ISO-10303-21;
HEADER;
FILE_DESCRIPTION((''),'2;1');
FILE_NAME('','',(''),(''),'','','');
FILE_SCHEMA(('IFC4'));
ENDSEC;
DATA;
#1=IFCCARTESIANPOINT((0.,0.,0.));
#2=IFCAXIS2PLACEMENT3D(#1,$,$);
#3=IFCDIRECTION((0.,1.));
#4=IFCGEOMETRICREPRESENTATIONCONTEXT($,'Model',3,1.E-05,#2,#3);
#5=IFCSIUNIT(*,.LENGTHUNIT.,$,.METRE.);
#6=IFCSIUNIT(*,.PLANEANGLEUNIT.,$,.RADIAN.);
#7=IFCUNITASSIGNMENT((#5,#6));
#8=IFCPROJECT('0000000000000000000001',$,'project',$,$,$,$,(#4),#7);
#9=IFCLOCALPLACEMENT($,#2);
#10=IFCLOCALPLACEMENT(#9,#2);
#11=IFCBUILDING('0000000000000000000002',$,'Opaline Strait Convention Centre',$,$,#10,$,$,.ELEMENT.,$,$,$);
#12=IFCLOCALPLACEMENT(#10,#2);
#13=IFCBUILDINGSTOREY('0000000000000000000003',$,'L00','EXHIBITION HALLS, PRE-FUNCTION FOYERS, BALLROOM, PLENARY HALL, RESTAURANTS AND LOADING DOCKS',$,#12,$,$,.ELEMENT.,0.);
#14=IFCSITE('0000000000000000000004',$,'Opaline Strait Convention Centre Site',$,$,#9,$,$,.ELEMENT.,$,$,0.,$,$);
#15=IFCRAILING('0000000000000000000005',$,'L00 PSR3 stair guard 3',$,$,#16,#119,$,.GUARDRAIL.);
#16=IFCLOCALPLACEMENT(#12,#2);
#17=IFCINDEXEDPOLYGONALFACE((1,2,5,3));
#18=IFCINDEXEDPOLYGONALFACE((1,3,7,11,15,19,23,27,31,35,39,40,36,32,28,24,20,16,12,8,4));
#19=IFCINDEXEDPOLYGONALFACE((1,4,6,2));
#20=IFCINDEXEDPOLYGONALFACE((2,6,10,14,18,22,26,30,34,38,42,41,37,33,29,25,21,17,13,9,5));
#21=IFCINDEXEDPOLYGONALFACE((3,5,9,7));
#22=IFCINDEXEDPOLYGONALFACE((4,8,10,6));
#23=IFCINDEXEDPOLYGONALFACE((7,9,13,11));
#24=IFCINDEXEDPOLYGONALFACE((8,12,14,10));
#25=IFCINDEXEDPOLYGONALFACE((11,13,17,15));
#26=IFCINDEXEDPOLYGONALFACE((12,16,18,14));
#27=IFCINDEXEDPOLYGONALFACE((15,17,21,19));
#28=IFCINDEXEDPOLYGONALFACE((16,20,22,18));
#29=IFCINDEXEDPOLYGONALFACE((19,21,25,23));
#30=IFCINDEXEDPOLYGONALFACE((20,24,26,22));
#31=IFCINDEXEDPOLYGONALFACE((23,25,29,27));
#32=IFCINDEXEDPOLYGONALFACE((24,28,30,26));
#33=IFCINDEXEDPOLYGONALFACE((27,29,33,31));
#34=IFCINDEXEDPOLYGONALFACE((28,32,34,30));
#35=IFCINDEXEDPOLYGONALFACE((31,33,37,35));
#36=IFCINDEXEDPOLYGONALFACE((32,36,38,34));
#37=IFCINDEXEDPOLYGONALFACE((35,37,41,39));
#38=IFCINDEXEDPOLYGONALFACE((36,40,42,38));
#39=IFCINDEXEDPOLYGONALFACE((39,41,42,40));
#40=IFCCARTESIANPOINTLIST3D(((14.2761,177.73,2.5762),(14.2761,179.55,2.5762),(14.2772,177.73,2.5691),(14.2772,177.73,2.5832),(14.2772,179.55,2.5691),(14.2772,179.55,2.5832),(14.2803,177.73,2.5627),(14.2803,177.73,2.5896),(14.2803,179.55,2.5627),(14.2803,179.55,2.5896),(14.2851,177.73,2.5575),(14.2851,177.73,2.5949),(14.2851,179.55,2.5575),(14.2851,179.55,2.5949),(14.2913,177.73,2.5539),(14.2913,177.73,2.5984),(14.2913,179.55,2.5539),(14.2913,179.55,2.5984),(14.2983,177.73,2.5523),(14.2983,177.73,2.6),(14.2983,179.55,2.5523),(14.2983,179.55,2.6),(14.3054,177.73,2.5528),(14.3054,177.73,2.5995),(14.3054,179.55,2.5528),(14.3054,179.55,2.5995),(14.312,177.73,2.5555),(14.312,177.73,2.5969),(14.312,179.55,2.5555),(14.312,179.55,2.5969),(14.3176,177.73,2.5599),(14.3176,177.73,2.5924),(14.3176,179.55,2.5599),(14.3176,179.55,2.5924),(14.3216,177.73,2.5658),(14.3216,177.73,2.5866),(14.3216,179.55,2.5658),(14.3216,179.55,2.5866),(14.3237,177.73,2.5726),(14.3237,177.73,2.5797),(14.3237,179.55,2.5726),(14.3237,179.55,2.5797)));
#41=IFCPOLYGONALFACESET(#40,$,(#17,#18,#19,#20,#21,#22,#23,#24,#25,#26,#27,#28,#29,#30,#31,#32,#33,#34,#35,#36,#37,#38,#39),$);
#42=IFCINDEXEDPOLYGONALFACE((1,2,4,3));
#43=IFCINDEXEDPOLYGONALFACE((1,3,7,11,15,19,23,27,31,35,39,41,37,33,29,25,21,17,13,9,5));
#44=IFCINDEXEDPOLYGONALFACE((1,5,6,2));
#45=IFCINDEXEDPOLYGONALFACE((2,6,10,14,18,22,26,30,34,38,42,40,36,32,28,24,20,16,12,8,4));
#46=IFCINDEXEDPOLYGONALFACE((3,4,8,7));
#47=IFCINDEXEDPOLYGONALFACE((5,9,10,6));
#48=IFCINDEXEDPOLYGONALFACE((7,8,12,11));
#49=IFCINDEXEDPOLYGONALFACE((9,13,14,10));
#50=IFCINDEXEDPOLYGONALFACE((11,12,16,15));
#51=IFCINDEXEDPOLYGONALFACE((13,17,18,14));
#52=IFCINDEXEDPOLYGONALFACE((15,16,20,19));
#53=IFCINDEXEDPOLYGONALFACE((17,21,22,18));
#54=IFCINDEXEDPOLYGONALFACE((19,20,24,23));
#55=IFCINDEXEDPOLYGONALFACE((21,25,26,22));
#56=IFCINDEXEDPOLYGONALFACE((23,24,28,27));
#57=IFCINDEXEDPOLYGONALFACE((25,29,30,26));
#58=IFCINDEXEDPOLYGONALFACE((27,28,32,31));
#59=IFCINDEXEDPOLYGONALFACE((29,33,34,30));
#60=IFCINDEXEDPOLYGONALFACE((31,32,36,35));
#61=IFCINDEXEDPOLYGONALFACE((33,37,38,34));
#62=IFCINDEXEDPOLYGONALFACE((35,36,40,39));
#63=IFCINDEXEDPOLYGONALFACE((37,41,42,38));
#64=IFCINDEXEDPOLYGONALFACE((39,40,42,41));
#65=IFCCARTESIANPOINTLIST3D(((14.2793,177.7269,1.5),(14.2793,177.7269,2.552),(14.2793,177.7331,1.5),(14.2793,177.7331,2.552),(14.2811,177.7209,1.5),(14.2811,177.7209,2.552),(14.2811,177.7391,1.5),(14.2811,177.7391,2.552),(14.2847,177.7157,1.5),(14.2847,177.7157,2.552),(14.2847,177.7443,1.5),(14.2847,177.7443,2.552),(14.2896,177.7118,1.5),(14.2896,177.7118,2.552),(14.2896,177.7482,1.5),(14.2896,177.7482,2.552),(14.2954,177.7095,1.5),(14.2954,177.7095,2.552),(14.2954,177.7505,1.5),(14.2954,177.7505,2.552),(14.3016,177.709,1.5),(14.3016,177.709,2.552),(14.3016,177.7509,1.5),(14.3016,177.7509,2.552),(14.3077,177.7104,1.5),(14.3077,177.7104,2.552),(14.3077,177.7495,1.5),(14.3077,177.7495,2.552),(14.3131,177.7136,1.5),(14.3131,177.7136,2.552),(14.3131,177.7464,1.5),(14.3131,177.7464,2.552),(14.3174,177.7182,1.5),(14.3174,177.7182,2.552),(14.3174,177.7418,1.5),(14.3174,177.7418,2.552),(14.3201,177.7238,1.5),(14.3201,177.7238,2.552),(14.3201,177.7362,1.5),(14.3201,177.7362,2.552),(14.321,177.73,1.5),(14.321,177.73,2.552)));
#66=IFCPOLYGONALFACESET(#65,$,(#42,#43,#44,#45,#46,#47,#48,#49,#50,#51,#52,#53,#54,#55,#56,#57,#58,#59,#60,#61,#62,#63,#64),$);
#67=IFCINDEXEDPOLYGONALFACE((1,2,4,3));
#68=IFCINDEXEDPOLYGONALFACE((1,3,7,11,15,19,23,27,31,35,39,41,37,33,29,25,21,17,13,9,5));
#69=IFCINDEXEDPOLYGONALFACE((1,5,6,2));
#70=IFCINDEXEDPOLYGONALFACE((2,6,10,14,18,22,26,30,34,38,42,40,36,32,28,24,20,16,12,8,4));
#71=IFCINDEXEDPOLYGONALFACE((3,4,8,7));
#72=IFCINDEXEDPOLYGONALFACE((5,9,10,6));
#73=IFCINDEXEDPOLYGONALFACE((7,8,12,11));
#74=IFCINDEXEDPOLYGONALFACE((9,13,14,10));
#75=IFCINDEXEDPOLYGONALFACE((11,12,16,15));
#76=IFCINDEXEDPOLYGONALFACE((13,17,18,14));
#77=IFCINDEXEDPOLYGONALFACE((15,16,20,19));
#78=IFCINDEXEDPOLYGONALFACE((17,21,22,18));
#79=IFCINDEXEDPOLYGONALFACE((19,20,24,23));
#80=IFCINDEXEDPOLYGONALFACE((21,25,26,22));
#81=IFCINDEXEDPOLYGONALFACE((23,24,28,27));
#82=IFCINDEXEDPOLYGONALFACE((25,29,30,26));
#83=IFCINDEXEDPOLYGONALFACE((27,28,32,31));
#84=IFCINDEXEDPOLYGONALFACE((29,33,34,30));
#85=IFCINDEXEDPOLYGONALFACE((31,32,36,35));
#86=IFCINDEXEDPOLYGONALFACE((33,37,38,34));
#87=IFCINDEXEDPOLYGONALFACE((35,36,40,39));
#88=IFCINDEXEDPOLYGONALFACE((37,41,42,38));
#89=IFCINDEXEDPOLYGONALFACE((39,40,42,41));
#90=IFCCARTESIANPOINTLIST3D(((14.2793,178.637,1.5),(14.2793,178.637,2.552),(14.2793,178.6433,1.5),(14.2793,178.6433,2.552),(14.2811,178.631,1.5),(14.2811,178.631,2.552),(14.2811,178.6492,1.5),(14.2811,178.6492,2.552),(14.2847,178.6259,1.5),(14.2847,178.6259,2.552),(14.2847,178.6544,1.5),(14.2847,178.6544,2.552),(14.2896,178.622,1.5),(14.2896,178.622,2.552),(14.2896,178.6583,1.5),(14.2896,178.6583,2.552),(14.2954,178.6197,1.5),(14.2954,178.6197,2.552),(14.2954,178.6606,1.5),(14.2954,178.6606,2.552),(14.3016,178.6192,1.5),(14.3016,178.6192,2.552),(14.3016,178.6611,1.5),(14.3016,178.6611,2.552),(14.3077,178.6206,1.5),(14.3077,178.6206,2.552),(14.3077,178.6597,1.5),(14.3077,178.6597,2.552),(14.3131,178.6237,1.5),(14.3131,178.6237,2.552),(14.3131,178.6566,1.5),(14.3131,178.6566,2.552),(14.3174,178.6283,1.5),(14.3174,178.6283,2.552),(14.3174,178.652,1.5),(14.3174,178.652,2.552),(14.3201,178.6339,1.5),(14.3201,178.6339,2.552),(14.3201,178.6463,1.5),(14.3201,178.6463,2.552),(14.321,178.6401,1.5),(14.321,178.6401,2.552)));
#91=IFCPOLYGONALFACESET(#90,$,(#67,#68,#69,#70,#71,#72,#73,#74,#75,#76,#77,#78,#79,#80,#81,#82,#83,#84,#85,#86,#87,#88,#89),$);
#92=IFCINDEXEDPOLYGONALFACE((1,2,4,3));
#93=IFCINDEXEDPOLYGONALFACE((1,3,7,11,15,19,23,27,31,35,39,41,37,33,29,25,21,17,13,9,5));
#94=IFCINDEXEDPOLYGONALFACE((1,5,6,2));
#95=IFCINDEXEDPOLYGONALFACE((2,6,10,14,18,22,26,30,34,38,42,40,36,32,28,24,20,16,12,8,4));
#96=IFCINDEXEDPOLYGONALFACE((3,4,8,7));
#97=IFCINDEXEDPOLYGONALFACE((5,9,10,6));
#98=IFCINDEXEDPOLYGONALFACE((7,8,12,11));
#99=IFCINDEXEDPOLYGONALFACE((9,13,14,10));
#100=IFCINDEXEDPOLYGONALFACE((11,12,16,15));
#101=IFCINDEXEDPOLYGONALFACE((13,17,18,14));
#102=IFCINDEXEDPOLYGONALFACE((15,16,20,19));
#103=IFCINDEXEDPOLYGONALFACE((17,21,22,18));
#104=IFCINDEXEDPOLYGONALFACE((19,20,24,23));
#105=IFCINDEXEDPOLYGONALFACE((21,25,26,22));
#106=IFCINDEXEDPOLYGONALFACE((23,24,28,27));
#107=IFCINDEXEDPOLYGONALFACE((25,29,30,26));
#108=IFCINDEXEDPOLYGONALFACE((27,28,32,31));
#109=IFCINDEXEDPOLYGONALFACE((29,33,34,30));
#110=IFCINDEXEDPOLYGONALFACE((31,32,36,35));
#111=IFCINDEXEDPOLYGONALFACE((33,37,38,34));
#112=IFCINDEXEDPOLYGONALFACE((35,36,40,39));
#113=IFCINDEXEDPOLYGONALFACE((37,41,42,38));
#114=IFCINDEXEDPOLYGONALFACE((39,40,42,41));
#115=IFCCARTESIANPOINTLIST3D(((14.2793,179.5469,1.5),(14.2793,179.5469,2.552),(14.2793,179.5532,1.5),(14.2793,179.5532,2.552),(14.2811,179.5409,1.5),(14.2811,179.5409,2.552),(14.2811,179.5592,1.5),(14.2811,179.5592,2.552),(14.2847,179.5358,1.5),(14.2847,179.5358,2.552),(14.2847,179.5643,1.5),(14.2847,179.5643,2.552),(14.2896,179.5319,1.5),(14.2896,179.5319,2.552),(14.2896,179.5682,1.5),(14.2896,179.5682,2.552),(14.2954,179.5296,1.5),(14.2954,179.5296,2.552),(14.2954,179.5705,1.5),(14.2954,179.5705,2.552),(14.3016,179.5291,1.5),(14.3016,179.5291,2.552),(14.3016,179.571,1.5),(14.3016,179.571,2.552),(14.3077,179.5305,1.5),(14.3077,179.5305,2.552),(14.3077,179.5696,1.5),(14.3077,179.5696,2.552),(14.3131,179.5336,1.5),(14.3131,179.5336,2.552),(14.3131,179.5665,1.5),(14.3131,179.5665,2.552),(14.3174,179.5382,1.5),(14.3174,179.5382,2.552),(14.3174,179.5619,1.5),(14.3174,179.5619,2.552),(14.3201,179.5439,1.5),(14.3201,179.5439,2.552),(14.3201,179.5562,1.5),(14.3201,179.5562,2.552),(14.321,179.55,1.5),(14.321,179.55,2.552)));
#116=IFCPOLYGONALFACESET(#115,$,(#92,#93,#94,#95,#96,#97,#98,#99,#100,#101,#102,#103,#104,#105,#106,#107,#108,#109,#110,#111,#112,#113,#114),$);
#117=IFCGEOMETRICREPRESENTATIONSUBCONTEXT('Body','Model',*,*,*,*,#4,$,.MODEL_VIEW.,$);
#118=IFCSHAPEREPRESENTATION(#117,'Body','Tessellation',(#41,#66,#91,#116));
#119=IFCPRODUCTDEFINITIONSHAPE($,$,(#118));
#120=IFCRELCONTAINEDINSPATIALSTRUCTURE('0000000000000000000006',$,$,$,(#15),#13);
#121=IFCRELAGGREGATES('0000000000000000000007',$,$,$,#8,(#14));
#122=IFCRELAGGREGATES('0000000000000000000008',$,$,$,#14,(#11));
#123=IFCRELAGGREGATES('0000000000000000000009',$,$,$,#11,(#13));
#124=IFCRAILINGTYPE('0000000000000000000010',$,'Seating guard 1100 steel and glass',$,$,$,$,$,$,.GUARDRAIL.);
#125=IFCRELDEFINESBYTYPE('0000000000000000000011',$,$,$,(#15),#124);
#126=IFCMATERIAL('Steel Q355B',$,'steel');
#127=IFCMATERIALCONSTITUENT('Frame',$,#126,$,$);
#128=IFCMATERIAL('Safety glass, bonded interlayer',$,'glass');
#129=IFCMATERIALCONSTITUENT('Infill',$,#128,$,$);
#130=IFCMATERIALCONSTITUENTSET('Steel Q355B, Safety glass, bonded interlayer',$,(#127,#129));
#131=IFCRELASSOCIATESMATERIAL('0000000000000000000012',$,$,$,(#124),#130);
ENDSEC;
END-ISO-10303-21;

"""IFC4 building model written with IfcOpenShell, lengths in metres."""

from ifc_helpers import new_model, si_unit, direction, frame, origin, origin_2d, place, context, subcontext, project, spatial, circle, extrude, material, constituent, constituent_set, type_object, element, save


model = new_model("IFC4")

# Units and contexts
model_context = context("Model", 3, precision=1e-05, world=origin(), true_north=direction((0.0, 1.0)))
body_context = subcontext(model_context, "Body", "Model", "MODEL_VIEW")
ifc_project = project(units=[si_unit("LENGTHUNIT", "METRE"), si_unit("PLANEANGLEUNIT", "RADIAN")], contexts=[model_context])

# Site, building, storey
site_placement = place(None, origin())
site = spatial("IfcSite", under=ifc_project, at=site_placement, Name="Opaline Strait Convention Centre Site", CompositionType="ELEMENT", RefElevation=0.0)
building_placement = place(site_placement, origin())
building = spatial("IfcBuilding", under=site, at=building_placement, Name="Opaline Strait Convention Centre", CompositionType="ELEMENT")
storey_placement = place(building_placement, origin())
storey = spatial("IfcBuildingStorey", under=building, at=storey_placement, Name="L00", Description="EXHIBITION HALLS, PRE-FUNCTION FOYERS, BALLROOM, PLENARY HALL, RESTAURANTS AND LOADING DOCKS", CompositionType="ELEMENT", Elevation=0.0)

# Railing
ifc_material_1 = material(Name="Steel Q355B", Category="steel")
ifc_constituent_1 = constituent(ifc_material_1, Name="Frame")
ifc_material_2 = material(Name="Safety glass, bonded interlayer", Category="glass")
ifc_constituent_2 = constituent(ifc_material_2, Name="Infill")
ifc_constituent_set = constituent_set(constituents=[ifc_constituent_1, ifc_constituent_2], Name="Steel Q355B, Safety glass, bonded interlayer")
railing_type_1 = type_object("IfcRailingType", Name="Seating guard 1100 steel and glass", PredefinedType="GUARDRAIL", material=ifc_constituent_set)
for number, where, name in (
    (1, (14.3, 177.73, 1.5), "L00 PSR3 stair guard 3"),
):
    element("IfcRailing", number, at=place(storey_placement, frame(where)), inside=storey, type_object=railing_type_1, Name=name, PredefinedType="GUARDRAIL", context=body_context, shape_type="SweptSolid", body=[
        extrude(circle(Radius=0.0239, at=origin_2d()), frame((0.0, 0.0, 1.0762), z_axis=(0.0, 1.0, 0.0), x_axis=(-1.0, 0.0, 0.0)), (0.0, 0.0, 1.0), 1.8201),
        extrude(circle(Radius=0.021, at=origin_2d()), origin(), (0.0, 0.0, 1.0), 1.052),
        extrude(circle(Radius=0.021, at=origin_2d()), frame((0.0, 0.9102, 0.0)), (0.0, 0.0, 1.0), 1.052),
        extrude(circle(Radius=0.021, at=origin_2d()), frame((0.0, 1.8201, 0.0)), (0.0, 0.0, 1.0), 1.052),
    ])

save(model, "model.ifc")
